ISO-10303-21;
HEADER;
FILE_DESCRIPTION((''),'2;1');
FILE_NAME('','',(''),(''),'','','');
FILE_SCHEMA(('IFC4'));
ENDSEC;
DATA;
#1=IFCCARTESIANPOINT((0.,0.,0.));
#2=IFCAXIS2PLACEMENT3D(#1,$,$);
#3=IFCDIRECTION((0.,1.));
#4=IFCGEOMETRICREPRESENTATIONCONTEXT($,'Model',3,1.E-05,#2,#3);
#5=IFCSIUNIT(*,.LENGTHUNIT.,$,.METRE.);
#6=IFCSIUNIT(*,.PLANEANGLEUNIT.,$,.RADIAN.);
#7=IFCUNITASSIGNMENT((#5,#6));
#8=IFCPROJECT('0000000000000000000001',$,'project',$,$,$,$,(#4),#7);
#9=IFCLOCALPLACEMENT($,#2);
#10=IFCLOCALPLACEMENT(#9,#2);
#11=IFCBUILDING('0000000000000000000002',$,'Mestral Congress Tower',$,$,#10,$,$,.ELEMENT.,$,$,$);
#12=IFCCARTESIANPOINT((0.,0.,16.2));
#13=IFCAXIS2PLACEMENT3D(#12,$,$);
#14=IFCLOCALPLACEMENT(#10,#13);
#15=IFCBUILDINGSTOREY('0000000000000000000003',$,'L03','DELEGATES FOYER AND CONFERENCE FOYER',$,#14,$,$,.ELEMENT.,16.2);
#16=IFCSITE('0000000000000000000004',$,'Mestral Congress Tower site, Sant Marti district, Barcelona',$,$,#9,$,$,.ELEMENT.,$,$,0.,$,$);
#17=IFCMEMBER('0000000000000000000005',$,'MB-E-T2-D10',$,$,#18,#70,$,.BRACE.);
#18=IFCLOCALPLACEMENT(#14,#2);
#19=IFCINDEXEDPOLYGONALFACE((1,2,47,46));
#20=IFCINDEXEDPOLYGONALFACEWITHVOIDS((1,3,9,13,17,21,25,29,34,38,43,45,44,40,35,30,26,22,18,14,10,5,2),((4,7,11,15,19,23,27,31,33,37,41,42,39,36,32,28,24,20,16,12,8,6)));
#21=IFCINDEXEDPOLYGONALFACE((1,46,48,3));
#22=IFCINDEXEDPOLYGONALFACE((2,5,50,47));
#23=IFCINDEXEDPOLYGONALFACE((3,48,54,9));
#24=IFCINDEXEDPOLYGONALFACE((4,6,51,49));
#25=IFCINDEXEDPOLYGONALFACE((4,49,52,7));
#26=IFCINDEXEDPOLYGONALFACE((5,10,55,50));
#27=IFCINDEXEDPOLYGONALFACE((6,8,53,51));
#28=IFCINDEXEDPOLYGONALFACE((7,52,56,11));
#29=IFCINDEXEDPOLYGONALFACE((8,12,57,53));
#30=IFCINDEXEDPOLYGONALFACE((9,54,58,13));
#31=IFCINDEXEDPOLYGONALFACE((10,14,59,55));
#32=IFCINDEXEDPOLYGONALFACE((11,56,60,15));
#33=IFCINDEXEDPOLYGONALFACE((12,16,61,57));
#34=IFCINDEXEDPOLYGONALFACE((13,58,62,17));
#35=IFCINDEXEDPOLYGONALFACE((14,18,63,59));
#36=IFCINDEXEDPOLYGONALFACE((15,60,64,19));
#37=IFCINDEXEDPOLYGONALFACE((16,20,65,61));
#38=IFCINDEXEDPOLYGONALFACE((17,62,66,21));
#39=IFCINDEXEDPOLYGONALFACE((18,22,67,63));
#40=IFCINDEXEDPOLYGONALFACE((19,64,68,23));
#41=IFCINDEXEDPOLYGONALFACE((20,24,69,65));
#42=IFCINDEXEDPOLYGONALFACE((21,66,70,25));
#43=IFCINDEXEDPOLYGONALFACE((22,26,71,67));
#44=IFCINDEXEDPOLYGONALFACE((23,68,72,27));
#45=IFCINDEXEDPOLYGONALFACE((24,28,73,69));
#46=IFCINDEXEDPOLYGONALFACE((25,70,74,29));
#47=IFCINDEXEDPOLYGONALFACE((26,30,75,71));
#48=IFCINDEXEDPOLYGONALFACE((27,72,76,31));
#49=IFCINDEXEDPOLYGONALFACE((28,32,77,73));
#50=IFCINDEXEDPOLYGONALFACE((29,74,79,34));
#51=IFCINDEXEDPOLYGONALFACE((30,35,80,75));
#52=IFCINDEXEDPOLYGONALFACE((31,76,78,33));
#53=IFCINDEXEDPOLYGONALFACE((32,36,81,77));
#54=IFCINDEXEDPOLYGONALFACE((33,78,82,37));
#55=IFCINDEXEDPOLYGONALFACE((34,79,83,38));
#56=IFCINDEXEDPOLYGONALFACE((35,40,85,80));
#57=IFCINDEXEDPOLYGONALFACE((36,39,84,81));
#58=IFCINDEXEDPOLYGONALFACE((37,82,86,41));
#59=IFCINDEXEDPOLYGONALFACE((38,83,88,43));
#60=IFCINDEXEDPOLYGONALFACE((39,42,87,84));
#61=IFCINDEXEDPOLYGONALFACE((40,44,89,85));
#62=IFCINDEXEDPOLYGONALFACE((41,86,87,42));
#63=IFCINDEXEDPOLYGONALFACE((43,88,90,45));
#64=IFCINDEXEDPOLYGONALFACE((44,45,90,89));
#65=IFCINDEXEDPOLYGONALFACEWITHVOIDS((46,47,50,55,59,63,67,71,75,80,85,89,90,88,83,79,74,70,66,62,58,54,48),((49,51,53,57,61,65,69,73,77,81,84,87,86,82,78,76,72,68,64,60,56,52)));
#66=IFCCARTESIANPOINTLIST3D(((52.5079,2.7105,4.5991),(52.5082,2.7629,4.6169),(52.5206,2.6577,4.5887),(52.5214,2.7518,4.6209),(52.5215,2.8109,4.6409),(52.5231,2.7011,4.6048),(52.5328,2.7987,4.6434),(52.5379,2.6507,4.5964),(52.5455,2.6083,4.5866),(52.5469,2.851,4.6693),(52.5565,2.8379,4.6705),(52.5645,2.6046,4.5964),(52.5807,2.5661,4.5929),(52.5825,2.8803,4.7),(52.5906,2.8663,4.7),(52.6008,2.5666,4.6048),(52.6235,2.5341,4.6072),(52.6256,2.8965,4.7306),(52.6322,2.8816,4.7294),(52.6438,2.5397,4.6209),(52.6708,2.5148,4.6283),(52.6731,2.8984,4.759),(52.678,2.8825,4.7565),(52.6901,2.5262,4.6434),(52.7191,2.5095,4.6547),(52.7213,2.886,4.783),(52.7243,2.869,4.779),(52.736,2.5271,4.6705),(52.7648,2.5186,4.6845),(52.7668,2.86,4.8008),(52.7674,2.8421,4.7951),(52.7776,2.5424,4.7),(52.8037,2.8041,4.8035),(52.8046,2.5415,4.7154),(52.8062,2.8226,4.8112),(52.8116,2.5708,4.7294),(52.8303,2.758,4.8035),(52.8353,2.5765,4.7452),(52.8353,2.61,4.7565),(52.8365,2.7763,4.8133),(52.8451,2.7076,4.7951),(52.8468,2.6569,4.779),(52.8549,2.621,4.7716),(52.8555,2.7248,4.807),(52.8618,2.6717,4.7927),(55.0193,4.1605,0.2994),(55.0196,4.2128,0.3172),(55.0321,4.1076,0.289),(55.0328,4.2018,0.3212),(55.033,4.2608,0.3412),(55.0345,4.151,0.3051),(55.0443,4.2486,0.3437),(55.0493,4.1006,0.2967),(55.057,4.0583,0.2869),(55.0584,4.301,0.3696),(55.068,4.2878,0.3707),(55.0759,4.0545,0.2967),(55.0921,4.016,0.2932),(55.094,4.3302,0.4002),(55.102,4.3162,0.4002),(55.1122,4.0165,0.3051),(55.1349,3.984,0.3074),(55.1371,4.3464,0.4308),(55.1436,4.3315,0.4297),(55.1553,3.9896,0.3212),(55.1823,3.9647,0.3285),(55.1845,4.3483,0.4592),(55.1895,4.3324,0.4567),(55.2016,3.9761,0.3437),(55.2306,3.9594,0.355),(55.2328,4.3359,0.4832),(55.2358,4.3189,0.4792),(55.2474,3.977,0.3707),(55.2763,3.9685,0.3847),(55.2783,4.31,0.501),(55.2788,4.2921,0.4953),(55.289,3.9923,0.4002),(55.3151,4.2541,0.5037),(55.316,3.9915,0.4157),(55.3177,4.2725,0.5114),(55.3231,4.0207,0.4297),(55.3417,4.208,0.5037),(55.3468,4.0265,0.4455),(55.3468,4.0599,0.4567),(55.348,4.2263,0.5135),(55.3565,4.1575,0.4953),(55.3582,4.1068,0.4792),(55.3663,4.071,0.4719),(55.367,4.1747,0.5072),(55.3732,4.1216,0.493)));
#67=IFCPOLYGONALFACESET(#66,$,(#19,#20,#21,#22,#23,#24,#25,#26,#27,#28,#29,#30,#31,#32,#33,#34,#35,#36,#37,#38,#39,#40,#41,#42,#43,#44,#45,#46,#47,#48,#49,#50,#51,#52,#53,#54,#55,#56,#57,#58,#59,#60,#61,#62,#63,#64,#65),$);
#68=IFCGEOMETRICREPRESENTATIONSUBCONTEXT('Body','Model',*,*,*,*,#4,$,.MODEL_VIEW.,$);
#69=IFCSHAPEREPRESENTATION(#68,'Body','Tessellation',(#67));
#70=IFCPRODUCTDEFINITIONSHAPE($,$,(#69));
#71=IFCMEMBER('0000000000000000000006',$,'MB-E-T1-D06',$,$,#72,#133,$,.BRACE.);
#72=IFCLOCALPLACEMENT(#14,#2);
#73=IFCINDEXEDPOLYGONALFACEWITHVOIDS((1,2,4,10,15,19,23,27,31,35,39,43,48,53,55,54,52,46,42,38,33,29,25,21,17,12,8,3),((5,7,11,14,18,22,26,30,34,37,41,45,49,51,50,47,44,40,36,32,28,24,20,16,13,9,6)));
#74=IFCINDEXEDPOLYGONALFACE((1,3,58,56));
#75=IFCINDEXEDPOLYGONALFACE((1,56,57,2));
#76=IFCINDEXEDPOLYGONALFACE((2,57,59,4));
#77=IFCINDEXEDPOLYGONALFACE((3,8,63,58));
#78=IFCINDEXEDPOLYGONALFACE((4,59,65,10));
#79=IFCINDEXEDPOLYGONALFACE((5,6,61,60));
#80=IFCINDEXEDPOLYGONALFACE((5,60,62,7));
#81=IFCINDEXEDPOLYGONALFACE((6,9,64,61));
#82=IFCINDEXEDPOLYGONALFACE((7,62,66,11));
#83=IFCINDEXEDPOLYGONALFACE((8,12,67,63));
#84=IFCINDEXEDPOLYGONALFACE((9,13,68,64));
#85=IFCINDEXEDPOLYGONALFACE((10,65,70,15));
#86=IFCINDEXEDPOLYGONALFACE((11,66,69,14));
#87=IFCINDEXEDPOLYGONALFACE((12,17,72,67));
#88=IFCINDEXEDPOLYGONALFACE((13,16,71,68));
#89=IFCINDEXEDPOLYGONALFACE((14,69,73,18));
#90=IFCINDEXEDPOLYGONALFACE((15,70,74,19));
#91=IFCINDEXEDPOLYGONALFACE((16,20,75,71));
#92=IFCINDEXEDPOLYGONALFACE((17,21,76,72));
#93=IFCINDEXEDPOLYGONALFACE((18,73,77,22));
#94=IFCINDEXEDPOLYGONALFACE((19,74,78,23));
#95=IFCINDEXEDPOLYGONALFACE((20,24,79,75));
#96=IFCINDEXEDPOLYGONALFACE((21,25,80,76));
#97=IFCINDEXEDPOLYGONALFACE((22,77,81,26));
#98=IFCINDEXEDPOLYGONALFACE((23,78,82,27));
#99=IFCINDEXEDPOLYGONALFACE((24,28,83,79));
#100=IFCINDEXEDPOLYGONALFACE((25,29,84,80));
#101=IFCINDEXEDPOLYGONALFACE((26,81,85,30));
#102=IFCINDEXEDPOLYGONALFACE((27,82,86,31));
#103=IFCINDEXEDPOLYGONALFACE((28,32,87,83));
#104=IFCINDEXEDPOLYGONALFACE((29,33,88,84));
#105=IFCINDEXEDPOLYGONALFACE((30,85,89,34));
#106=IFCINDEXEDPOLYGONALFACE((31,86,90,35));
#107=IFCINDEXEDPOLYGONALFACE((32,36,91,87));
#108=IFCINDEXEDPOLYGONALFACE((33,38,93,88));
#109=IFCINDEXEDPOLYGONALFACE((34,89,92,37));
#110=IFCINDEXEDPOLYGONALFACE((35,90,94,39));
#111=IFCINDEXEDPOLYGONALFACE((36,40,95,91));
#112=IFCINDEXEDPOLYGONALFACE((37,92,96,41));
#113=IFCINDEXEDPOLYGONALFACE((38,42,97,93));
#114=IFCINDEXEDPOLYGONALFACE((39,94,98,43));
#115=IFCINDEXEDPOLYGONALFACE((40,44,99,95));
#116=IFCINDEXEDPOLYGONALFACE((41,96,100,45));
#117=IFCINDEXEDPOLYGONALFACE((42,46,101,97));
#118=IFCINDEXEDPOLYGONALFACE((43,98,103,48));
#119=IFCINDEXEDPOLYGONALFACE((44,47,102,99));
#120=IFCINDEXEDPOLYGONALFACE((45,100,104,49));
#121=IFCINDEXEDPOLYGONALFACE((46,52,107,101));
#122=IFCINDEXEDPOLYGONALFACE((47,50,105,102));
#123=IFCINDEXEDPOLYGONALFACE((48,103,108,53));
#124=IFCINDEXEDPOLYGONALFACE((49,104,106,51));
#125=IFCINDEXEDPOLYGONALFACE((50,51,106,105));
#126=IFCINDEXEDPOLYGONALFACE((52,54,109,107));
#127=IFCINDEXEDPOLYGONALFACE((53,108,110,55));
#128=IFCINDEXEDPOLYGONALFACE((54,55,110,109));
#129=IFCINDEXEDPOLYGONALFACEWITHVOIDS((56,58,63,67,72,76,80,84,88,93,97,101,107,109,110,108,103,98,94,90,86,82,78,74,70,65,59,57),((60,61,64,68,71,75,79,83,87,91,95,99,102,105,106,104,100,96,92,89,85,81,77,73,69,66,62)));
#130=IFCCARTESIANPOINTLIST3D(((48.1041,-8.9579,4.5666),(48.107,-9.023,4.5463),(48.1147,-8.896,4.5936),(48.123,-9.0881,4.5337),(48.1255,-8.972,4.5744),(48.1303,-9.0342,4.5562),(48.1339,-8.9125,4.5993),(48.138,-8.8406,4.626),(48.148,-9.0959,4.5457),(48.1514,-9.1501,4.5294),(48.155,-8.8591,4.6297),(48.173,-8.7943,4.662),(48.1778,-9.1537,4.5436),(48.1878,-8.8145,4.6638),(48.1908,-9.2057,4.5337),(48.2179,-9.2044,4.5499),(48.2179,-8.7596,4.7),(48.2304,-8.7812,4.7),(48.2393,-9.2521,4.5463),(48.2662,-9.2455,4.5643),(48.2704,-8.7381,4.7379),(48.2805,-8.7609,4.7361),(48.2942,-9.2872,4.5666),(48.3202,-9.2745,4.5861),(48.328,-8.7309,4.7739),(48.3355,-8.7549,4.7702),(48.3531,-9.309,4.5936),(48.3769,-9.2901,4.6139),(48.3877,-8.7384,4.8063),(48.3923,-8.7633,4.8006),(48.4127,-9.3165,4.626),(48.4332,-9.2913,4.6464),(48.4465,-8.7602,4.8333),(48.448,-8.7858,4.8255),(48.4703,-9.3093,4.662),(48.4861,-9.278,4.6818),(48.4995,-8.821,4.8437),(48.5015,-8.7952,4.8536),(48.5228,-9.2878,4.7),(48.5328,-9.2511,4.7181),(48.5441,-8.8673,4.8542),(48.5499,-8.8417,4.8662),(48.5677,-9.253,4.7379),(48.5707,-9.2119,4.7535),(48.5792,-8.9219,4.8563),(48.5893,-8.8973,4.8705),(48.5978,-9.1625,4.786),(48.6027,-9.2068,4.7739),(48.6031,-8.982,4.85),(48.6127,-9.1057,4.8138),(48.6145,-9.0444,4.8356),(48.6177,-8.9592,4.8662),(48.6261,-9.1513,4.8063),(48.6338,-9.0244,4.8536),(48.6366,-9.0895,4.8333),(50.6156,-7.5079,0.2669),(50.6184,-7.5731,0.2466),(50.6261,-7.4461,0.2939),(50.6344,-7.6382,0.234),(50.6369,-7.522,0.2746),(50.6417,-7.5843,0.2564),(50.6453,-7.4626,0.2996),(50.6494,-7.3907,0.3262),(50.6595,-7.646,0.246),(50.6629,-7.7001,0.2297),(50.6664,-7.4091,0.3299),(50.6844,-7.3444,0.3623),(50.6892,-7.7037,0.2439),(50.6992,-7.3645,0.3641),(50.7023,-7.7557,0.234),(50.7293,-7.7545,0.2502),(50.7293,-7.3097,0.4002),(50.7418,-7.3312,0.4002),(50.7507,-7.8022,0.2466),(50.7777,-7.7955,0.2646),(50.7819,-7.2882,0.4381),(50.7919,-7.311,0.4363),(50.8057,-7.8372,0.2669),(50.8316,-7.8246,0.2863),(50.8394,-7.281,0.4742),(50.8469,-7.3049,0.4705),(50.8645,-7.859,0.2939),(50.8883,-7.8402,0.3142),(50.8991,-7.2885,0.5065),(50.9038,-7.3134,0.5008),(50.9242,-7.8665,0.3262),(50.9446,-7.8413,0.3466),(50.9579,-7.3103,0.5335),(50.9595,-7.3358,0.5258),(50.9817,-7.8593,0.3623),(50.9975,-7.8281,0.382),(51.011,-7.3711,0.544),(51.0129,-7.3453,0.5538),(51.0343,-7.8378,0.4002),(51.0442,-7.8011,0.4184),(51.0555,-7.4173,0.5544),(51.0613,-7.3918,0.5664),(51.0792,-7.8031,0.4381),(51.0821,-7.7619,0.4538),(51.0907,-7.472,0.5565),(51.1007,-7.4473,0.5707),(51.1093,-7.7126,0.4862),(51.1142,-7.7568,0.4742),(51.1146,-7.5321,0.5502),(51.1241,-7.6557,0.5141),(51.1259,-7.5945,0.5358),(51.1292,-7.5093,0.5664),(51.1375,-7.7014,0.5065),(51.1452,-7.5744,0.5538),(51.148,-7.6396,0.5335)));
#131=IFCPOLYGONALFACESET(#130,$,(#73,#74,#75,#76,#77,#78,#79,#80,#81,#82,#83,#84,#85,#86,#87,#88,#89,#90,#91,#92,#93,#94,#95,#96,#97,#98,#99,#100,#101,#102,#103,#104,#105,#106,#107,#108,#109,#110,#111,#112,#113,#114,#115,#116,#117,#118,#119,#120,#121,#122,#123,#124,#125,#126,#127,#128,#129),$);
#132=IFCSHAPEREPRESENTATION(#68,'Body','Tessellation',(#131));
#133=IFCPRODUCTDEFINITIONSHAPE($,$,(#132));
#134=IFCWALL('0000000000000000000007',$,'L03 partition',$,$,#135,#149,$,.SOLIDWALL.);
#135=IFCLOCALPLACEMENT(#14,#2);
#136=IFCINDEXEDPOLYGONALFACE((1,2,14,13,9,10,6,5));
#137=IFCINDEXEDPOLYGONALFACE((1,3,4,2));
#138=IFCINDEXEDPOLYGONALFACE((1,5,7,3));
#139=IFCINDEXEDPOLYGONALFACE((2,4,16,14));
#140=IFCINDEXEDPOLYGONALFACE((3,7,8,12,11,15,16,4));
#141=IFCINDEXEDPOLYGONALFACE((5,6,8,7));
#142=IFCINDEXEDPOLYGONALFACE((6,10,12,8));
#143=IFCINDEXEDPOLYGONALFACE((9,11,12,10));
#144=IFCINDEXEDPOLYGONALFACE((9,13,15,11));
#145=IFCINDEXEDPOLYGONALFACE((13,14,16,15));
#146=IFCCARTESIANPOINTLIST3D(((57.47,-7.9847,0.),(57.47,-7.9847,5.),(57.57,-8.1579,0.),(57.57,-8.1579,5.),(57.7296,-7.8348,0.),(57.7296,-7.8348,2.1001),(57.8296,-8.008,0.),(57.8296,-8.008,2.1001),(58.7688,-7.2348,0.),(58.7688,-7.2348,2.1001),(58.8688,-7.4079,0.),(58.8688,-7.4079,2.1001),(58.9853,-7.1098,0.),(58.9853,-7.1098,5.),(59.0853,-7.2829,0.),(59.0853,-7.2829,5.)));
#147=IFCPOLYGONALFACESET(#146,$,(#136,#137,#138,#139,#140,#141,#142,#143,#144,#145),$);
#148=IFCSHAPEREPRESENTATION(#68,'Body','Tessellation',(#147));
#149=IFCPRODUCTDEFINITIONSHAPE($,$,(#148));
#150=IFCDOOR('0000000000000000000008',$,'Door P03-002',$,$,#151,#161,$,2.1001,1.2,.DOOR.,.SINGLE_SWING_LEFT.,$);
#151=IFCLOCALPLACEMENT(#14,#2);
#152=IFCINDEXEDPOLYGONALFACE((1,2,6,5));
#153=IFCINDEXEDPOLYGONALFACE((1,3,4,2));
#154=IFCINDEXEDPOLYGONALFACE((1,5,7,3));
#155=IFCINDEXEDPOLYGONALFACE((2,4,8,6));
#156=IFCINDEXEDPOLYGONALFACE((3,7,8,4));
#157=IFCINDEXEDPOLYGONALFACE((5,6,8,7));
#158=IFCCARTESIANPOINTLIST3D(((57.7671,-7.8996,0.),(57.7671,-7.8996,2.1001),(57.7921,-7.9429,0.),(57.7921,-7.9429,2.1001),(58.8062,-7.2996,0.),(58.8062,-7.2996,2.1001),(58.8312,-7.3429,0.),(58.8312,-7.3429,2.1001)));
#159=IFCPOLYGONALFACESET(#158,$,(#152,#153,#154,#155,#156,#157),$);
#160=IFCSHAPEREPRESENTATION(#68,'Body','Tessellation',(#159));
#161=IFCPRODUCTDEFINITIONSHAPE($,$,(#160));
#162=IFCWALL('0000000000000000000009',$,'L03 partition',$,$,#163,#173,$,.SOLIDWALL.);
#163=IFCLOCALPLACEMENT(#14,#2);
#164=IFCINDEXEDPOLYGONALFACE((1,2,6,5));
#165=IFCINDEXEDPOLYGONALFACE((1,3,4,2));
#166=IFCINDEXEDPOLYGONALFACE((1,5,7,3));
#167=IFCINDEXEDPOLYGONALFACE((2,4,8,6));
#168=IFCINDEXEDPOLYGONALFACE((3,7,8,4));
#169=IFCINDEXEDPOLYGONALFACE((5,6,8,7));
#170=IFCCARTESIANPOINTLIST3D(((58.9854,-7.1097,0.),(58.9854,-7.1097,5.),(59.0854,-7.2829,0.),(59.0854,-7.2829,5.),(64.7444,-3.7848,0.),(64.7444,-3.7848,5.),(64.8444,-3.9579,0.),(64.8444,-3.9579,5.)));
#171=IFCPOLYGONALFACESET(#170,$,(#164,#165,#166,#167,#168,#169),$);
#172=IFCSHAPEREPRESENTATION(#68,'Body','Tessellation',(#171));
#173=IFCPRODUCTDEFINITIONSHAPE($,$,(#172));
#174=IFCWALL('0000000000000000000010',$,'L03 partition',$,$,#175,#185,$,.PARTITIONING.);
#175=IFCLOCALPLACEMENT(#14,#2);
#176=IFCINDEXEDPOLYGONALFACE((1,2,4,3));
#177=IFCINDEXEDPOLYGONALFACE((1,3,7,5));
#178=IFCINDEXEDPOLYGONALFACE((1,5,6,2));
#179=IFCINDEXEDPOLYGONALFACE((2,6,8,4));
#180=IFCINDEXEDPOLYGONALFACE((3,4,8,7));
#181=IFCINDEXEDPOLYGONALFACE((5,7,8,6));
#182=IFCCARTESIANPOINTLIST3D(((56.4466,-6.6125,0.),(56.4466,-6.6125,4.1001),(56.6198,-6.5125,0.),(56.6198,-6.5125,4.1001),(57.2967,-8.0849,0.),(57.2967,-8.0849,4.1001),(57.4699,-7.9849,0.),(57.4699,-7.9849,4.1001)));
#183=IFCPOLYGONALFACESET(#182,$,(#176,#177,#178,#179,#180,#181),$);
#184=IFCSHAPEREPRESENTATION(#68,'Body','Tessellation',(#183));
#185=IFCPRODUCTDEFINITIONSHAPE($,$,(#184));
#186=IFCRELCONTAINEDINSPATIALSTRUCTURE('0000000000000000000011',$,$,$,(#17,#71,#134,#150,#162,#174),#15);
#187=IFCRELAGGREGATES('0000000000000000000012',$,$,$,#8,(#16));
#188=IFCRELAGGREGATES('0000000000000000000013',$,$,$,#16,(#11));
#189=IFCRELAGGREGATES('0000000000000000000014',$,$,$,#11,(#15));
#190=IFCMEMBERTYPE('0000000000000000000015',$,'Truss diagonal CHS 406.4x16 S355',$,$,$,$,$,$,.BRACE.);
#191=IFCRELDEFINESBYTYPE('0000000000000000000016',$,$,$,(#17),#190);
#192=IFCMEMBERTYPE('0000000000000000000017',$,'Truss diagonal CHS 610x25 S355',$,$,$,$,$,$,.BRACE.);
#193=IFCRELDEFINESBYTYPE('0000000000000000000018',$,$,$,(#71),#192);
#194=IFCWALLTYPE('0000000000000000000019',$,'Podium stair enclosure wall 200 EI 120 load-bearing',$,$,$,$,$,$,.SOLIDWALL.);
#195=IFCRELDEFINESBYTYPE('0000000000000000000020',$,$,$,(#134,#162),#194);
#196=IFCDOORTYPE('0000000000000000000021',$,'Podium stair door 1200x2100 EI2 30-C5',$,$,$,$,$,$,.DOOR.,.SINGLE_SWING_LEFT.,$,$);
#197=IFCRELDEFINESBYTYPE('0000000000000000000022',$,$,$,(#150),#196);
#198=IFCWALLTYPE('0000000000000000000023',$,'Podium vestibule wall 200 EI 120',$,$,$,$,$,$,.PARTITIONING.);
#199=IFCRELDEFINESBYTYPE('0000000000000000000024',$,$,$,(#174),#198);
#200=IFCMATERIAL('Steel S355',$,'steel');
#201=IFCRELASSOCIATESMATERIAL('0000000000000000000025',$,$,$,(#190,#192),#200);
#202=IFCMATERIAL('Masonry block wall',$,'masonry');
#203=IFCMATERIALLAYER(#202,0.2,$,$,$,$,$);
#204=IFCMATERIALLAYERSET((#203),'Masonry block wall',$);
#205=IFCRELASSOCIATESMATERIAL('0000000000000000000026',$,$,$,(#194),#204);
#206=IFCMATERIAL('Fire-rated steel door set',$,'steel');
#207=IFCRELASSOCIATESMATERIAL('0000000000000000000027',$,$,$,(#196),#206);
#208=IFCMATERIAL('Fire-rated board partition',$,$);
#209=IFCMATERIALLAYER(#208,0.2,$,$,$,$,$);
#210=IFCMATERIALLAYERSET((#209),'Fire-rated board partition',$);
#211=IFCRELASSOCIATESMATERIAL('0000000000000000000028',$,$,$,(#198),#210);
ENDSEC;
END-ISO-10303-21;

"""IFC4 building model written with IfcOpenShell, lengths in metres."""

from ifc_helpers import new_model, si_unit, direction, frame, frame_2d, origin, origin_2d, place, context, subcontext, project, spatial, rectangle, hollow_circle, extrude, material, layer, layer_set, material_profile, profile_set, type_object, element, fill, save


model = new_model("IFC4")

# Units and contexts
model_context = context("Model", 3, precision=1e-05, world=origin(), true_north=direction((0.0, 1.0)))
body_context = subcontext(model_context, "Body", "Model", "MODEL_VIEW")
ifc_project = project(units=[si_unit("LENGTHUNIT", "METRE"), si_unit("PLANEANGLEUNIT", "RADIAN")], contexts=[model_context])

# Site, building, storey
site_placement = place(None, origin())
site = spatial("IfcSite", under=ifc_project, at=site_placement, Name="Mestral Congress Tower site, Sant Marti district, Barcelona", CompositionType="ELEMENT", RefElevation=0.0)
building_placement = place(site_placement, origin())
building = spatial("IfcBuilding", under=site, at=building_placement, Name="Mestral Congress Tower", CompositionType="ELEMENT")
storey_placement = place(building_placement, frame((0.0, 0.0, 16.2)))
storey = spatial("IfcBuildingStorey", under=building, at=storey_placement, Name="L03", Description="DELEGATES FOYER AND CONFERENCE FOYER", CompositionType="ELEMENT", Elevation=16.2)

# Members
ifc_material_1 = material(Name="Steel S355", Category="steel")
ifc_material_profile_1 = material_profile(ifc_material_1, hollow_circle(Radius=0.2031, WallThickness=0.0161, at=origin_2d()), Name="CHS 406.4x16")
ifc_profile_set_1 = profile_set([ifc_material_profile_1], Name="Steel S355")
member_type_1 = type_object("IfcMemberType", Name="Truss diagonal CHS 406.4x16 S355", PredefinedType="BRACE", material=ifc_profile_set_1)
for number, where, z_axis, x_axis, name in (
    (1, (52.6841, 2.7043, 4.7), (0.484247, 0.279571, -0.829062), (-0.499987, 0.866033, 0.0), "MB-E-T2-D10"),
):
    element("IfcMember", number, at=place(storey_placement, frame(where, z_axis=z_axis, x_axis=x_axis)), inside=storey, type_object=member_type_1, Name=name, PredefinedType="BRACE", context=body_context, shape_type="SweptSolid", body=[
        extrude(hollow_circle(Radius=0.2031, WallThickness=0.0161, at=origin_2d()), origin(), (0.0, 0.0, 1.0), 5.1863),
    ])
ifc_material_profile_2 = material_profile(ifc_material_1, hollow_circle(Radius=0.3049, WallThickness=0.0249, at=origin_2d()), Name="CHS 610x25")
ifc_profile_set_2 = profile_set([ifc_material_profile_2], Name="Steel S355")
member_type_2 = type_object("IfcMemberType", Name="Truss diagonal CHS 610x25 S355", PredefinedType="BRACE", material=ifc_profile_set_2)
member_1_placement = place(storey_placement, frame((48.3704, -9.0237, 4.7), z_axis=(0.484247, 0.279571, -0.829062), x_axis=(-0.499987, 0.866033, 0.0)))
element("IfcMember", 2, at=member_1_placement, inside=storey, type_object=member_type_2, Name="MB-E-T1-D06", PredefinedType="BRACE", context=body_context, shape_type="SweptSolid", body=[
    extrude(hollow_circle(Radius=0.3049, WallThickness=0.0249, at=origin_2d()), origin(), (0.0, 0.0, 1.0), 5.1863),
])

# Wall, opening, door
ifc_material_2 = material(Name="Masonry block wall", Category="masonry")
ifc_layer_1 = layer(ifc_material_2, 0.2)
ifc_layer_set_1 = layer_set([ifc_layer_1], Name="Masonry block wall")
wall_type_1 = type_object("IfcWallType", Name="Podium stair enclosure wall 200 EI 120 load-bearing", PredefinedType="SOLIDWALL", material=ifc_layer_set_1)
wall_1_placement = place(storey_placement, frame((59.0354, -7.1963, 0.0), z_axis=(0.0, 0.0, 1.0), x_axis=(-0.866002, -0.50004, 0.0)))
wall_1 = element("IfcWall", 3, at=wall_1_placement, inside=storey, type_object=wall_type_1, Name="L03 partition", PredefinedType="SOLIDWALL", context=body_context, shape_type="SweptSolid", body=[
    extrude(rectangle(XDim=1.7498, YDim=0.2, at=frame_2d((0.875, 0.0))), origin(), (0.0, 0.0, 1.0), 5.0),
])
opening_1_placement = place(wall_1_placement, frame((0.25, 0.0, 0.0)))
opening_1 = element("IfcOpeningElement", 4, at=opening_1_placement, cuts=wall_1, PredefinedType="OPENING", context=body_context, shape_type="SweptSolid", body=[
    extrude(rectangle(XDim=1.2, YDim=2.1001, at=frame_2d((0.6001, 1.05))), frame((0.0, 0.1099, 0.0), z_axis=(0.0, -1.0, 0.0), x_axis=(1.0, 0.0, 0.0)), (0.0, 0.0, 1.0), 0.22),
])
ifc_material_3 = material(Name="Fire-rated steel door set", Category="steel")
door_type_1 = type_object("IfcDoorType", Name="Podium stair door 1200x2100 EI2 30-C5", OperationType="SINGLE_SWING_LEFT", PredefinedType="DOOR", material=ifc_material_3)
door_1_placement = place(opening_1_placement, origin())
door_1 = element("IfcDoor", 5, at=door_1_placement, inside=storey, type_object=door_type_1, Name="Door P03-002", OperationType="SINGLE_SWING_LEFT", OverallHeight=2.1001, OverallWidth=1.2, PredefinedType="DOOR", context=body_context, shape_type="SweptSolid", body=[
    extrude(rectangle(XDim=1.2, YDim=2.1001, at=frame_2d((0.6001, 1.05))), frame((0.0, 0.0249, 0.0), z_axis=(0.0, -1.0, 0.0), x_axis=(1.0, 0.0, 0.0)), (0.0, 0.0, 1.0), 0.05),
])
fill(opening_1, door_1)

# Walls
wall_2_placement = place(storey_placement, frame((59.0354, -7.1963, 0.0), z_axis=(0.0, 0.0, 1.0), x_axis=(0.866027, 0.499997, 0.0)))
element("IfcWall", 6, at=wall_2_placement, inside=storey, type_object=wall_type_1, Name="L03 partition", PredefinedType="SOLIDWALL", context=body_context, shape_type="SweptSolid", body=[
    extrude(rectangle(XDim=6.6499, YDim=0.2, at=frame_2d((3.325, 0.0))), origin(), (0.0, 0.0, 1.0), 5.0),
])
ifc_material_4 = material(Name="Fire-rated board partition")
ifc_layer_2 = layer(ifc_material_4, 0.2)
ifc_layer_set_2 = layer_set([ifc_layer_2], Name="Fire-rated board partition")
wall_type_2 = type_object("IfcWallType", Name="Podium vestibule wall 200 EI 120", PredefinedType="PARTITIONING", material=ifc_layer_set_2)
for number, where, z_axis, x_axis, name in (
    (7, (57.3833, -8.0349, 0.0), (0.0, 0.0, 1.0), (-0.5, 0.866025, 0.0), "L03 partition"),
):
    element("IfcWall", number, at=place(storey_placement, frame(where, z_axis=z_axis, x_axis=x_axis)), inside=storey, type_object=wall_type_2, Name=name, PredefinedType="PARTITIONING", context=body_context, shape_type="SweptSolid", body=[
        extrude(rectangle(XDim=1.7002, YDim=0.2, at=frame_2d((0.8501, 0.0))), origin(), (0.0, 0.0, 1.0), 4.1001),
    ])

save(model, "model.ifc")
